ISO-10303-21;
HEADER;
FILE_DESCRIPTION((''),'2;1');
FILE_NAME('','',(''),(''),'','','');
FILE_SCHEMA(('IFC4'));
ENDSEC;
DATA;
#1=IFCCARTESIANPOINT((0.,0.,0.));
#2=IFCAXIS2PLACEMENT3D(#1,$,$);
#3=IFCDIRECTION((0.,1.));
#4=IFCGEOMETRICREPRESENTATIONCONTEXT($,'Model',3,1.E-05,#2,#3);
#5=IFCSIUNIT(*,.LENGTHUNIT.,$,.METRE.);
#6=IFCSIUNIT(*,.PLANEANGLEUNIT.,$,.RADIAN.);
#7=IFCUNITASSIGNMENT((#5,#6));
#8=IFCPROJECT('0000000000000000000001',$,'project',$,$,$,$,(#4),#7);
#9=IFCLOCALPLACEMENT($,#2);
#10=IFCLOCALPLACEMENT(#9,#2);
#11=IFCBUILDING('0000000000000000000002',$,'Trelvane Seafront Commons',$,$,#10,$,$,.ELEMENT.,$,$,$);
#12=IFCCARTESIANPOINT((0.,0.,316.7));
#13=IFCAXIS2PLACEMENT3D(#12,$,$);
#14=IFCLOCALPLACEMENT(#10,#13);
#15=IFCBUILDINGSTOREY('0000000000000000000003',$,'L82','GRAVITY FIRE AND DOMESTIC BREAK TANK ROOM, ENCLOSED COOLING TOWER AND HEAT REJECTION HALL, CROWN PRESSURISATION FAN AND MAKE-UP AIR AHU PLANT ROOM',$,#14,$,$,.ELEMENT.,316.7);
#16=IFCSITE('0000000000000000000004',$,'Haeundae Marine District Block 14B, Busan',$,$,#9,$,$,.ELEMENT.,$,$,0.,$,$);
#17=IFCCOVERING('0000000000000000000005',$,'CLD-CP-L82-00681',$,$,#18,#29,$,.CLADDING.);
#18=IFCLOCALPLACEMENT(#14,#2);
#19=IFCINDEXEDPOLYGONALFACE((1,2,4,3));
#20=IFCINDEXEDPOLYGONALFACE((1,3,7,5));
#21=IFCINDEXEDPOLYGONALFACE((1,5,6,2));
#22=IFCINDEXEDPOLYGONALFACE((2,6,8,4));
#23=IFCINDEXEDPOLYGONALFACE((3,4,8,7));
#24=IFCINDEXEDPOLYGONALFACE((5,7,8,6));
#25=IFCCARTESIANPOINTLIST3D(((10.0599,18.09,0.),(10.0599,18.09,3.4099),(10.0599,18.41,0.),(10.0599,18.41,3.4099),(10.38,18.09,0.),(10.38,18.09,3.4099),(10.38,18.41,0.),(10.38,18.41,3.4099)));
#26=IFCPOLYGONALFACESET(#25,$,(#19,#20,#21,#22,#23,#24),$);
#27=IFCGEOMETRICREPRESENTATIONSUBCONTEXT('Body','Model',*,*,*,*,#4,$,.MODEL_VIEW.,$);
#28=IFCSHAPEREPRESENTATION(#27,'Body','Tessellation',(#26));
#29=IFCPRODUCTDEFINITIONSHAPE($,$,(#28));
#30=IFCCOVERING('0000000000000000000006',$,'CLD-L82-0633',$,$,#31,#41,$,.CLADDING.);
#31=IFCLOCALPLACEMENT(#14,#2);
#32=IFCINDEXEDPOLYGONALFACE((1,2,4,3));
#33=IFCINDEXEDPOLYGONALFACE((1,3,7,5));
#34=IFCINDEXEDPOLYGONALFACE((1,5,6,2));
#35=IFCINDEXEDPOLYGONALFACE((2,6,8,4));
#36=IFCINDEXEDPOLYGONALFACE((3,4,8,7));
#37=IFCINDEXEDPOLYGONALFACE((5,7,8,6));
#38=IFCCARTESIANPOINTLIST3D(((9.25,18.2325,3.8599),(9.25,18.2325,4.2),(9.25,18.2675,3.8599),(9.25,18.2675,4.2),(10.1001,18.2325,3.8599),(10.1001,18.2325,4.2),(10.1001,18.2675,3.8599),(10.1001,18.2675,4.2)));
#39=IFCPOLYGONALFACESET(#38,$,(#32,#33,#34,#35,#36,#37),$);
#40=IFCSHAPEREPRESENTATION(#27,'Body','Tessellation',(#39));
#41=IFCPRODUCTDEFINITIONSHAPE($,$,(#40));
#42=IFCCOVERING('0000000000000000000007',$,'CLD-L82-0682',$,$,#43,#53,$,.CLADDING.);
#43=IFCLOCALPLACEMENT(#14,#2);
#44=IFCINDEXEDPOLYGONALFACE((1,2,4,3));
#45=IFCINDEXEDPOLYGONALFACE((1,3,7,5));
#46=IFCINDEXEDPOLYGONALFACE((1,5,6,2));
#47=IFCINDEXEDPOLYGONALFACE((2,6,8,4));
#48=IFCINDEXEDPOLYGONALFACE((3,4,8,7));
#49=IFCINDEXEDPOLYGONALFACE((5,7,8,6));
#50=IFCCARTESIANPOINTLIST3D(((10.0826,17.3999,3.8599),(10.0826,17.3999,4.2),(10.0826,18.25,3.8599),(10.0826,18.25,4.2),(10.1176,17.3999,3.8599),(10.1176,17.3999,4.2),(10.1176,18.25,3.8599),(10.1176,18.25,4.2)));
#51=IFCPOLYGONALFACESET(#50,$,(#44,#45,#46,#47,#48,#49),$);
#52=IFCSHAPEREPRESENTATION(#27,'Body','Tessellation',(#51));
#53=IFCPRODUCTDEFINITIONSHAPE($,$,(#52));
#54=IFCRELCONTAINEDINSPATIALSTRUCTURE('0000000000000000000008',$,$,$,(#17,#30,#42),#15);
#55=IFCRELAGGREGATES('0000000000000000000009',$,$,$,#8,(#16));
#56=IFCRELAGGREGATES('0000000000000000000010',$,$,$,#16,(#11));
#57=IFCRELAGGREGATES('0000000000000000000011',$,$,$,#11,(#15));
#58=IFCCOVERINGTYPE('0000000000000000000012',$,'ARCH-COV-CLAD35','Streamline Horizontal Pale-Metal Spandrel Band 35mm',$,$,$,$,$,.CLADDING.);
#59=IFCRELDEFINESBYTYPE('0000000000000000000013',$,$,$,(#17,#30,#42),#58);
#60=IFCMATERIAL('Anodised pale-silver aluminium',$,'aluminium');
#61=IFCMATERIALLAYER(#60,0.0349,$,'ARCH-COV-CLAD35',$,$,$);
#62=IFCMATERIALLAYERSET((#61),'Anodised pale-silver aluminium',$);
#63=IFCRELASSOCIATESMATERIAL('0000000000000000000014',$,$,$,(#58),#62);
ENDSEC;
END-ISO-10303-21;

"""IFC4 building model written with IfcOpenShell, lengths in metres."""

from ifc_helpers import new_model, si_unit, direction, frame, origin, origin_2d, place, context, subcontext, project, spatial, rectangle, extrude, source, transform, mapped, material, layer, layer_set, type_object, element, save


model = new_model("IFC4")

# Units and contexts
model_context = context("Model", 3, precision=1e-05, world=origin(), true_north=direction((0.0, 1.0)))
body_context = subcontext(model_context, "Body", "Model", "MODEL_VIEW")
ifc_project = project(units=[si_unit("LENGTHUNIT", "METRE"), si_unit("PLANEANGLEUNIT", "RADIAN")], contexts=[model_context])

# Site, building, storey
site_placement = place(None, origin())
site = spatial("IfcSite", under=ifc_project, at=site_placement, Name="Haeundae Marine District Block 14B, Busan", CompositionType="ELEMENT", RefElevation=0.0)
building_placement = place(site_placement, origin())
building = spatial("IfcBuilding", under=site, at=building_placement, Name="Trelvane Seafront Commons", CompositionType="ELEMENT")
storey_placement = place(building_placement, frame((0.0, 0.0, 316.7)))
storey = spatial("IfcBuildingStorey", under=building, at=storey_placement, Name="L82", Description="GRAVITY FIRE AND DOMESTIC BREAK TANK ROOM, ENCLOSED COOLING TOWER AND HEAT REJECTION HALL, CROWN PRESSURISATION FAN AND MAKE-UP AIR AHU PLANT ROOM", CompositionType="ELEMENT", Elevation=316.7)

# Shared definitions
ifc_material_1 = material(Name="Anodised pale-silver aluminium", Category="aluminium")

# Coverings
ifc_layer_1 = layer(ifc_material_1, 0.0349, Name="ARCH-COV-CLAD35")
ifc_layer_set_1 = layer_set([ifc_layer_1], Name="Anodised pale-silver aluminium")
covering_type_1 = type_object("IfcCoveringType", Name="ARCH-COV-CLAD35", Description="Streamline Horizontal Pale-Metal Spandrel Band 35mm", PredefinedType="CLADDING", material=ifc_layer_set_1)
shared_shape_1 = source(origin(), body_context, "Body", "SweptSolid", [
    extrude(rectangle(XDim=0.3201, YDim=0.3201, at=origin_2d()), origin(), (0.0, 0.0, 1.0), 3.4099),
])
for number, where, z_axis, x_axis, name in (
    (1, (10.22, 18.25, 0.0), (0.0, 0.0, 1.0), (1.0, 0.0, 0.0), "CLD-CP-L82-00681"),
):
    element("IfcCovering", number, at=place(storey_placement, frame(where, z_axis=z_axis, x_axis=x_axis)), inside=storey, type_object=covering_type_1, Name=name, PredefinedType="CLADDING", context=body_context, shape_type="MappedRepresentation", body=[
        mapped(shared_shape_1, transform((0.0, 0.0, 0.0), x_axis=(1.0, 0.0, 0.0), y_axis=(0.0, 1.0, 0.0), z_axis=(0.0, 0.0, 1.0), scale=1.0)),
    ])
shared_shape_2 = source(origin(), body_context, "Body", "SweptSolid", [
    extrude(rectangle(XDim=0.8501, YDim=0.0349, at=origin_2d()), origin(), (0.0, 0.0, 1.0), 0.3401),
])
for number, where, z_axis, x_axis, name in (
    (2, (9.675, 18.25, 3.8599), (0.0, 0.0, 1.0), (-1.0, 0.0, 0.0), "CLD-L82-0633"),
    (3, (10.1001, 17.825, 3.8599), (0.0, 0.0, 1.0), (0.0, 1.0, 0.0), "CLD-L82-0682"),
):
    element("IfcCovering", number, at=place(storey_placement, frame(where, z_axis=z_axis, x_axis=x_axis)), inside=storey, type_object=covering_type_1, Name=name, PredefinedType="CLADDING", context=body_context, shape_type="MappedRepresentation", body=[
        mapped(shared_shape_2, transform((0.0, 0.0, 0.0), x_axis=(1.0, 0.0, 0.0), y_axis=(0.0, 1.0, 0.0), z_axis=(0.0, 0.0, 1.0), scale=1.0)),
    ])

save(model, "model.ifc")
